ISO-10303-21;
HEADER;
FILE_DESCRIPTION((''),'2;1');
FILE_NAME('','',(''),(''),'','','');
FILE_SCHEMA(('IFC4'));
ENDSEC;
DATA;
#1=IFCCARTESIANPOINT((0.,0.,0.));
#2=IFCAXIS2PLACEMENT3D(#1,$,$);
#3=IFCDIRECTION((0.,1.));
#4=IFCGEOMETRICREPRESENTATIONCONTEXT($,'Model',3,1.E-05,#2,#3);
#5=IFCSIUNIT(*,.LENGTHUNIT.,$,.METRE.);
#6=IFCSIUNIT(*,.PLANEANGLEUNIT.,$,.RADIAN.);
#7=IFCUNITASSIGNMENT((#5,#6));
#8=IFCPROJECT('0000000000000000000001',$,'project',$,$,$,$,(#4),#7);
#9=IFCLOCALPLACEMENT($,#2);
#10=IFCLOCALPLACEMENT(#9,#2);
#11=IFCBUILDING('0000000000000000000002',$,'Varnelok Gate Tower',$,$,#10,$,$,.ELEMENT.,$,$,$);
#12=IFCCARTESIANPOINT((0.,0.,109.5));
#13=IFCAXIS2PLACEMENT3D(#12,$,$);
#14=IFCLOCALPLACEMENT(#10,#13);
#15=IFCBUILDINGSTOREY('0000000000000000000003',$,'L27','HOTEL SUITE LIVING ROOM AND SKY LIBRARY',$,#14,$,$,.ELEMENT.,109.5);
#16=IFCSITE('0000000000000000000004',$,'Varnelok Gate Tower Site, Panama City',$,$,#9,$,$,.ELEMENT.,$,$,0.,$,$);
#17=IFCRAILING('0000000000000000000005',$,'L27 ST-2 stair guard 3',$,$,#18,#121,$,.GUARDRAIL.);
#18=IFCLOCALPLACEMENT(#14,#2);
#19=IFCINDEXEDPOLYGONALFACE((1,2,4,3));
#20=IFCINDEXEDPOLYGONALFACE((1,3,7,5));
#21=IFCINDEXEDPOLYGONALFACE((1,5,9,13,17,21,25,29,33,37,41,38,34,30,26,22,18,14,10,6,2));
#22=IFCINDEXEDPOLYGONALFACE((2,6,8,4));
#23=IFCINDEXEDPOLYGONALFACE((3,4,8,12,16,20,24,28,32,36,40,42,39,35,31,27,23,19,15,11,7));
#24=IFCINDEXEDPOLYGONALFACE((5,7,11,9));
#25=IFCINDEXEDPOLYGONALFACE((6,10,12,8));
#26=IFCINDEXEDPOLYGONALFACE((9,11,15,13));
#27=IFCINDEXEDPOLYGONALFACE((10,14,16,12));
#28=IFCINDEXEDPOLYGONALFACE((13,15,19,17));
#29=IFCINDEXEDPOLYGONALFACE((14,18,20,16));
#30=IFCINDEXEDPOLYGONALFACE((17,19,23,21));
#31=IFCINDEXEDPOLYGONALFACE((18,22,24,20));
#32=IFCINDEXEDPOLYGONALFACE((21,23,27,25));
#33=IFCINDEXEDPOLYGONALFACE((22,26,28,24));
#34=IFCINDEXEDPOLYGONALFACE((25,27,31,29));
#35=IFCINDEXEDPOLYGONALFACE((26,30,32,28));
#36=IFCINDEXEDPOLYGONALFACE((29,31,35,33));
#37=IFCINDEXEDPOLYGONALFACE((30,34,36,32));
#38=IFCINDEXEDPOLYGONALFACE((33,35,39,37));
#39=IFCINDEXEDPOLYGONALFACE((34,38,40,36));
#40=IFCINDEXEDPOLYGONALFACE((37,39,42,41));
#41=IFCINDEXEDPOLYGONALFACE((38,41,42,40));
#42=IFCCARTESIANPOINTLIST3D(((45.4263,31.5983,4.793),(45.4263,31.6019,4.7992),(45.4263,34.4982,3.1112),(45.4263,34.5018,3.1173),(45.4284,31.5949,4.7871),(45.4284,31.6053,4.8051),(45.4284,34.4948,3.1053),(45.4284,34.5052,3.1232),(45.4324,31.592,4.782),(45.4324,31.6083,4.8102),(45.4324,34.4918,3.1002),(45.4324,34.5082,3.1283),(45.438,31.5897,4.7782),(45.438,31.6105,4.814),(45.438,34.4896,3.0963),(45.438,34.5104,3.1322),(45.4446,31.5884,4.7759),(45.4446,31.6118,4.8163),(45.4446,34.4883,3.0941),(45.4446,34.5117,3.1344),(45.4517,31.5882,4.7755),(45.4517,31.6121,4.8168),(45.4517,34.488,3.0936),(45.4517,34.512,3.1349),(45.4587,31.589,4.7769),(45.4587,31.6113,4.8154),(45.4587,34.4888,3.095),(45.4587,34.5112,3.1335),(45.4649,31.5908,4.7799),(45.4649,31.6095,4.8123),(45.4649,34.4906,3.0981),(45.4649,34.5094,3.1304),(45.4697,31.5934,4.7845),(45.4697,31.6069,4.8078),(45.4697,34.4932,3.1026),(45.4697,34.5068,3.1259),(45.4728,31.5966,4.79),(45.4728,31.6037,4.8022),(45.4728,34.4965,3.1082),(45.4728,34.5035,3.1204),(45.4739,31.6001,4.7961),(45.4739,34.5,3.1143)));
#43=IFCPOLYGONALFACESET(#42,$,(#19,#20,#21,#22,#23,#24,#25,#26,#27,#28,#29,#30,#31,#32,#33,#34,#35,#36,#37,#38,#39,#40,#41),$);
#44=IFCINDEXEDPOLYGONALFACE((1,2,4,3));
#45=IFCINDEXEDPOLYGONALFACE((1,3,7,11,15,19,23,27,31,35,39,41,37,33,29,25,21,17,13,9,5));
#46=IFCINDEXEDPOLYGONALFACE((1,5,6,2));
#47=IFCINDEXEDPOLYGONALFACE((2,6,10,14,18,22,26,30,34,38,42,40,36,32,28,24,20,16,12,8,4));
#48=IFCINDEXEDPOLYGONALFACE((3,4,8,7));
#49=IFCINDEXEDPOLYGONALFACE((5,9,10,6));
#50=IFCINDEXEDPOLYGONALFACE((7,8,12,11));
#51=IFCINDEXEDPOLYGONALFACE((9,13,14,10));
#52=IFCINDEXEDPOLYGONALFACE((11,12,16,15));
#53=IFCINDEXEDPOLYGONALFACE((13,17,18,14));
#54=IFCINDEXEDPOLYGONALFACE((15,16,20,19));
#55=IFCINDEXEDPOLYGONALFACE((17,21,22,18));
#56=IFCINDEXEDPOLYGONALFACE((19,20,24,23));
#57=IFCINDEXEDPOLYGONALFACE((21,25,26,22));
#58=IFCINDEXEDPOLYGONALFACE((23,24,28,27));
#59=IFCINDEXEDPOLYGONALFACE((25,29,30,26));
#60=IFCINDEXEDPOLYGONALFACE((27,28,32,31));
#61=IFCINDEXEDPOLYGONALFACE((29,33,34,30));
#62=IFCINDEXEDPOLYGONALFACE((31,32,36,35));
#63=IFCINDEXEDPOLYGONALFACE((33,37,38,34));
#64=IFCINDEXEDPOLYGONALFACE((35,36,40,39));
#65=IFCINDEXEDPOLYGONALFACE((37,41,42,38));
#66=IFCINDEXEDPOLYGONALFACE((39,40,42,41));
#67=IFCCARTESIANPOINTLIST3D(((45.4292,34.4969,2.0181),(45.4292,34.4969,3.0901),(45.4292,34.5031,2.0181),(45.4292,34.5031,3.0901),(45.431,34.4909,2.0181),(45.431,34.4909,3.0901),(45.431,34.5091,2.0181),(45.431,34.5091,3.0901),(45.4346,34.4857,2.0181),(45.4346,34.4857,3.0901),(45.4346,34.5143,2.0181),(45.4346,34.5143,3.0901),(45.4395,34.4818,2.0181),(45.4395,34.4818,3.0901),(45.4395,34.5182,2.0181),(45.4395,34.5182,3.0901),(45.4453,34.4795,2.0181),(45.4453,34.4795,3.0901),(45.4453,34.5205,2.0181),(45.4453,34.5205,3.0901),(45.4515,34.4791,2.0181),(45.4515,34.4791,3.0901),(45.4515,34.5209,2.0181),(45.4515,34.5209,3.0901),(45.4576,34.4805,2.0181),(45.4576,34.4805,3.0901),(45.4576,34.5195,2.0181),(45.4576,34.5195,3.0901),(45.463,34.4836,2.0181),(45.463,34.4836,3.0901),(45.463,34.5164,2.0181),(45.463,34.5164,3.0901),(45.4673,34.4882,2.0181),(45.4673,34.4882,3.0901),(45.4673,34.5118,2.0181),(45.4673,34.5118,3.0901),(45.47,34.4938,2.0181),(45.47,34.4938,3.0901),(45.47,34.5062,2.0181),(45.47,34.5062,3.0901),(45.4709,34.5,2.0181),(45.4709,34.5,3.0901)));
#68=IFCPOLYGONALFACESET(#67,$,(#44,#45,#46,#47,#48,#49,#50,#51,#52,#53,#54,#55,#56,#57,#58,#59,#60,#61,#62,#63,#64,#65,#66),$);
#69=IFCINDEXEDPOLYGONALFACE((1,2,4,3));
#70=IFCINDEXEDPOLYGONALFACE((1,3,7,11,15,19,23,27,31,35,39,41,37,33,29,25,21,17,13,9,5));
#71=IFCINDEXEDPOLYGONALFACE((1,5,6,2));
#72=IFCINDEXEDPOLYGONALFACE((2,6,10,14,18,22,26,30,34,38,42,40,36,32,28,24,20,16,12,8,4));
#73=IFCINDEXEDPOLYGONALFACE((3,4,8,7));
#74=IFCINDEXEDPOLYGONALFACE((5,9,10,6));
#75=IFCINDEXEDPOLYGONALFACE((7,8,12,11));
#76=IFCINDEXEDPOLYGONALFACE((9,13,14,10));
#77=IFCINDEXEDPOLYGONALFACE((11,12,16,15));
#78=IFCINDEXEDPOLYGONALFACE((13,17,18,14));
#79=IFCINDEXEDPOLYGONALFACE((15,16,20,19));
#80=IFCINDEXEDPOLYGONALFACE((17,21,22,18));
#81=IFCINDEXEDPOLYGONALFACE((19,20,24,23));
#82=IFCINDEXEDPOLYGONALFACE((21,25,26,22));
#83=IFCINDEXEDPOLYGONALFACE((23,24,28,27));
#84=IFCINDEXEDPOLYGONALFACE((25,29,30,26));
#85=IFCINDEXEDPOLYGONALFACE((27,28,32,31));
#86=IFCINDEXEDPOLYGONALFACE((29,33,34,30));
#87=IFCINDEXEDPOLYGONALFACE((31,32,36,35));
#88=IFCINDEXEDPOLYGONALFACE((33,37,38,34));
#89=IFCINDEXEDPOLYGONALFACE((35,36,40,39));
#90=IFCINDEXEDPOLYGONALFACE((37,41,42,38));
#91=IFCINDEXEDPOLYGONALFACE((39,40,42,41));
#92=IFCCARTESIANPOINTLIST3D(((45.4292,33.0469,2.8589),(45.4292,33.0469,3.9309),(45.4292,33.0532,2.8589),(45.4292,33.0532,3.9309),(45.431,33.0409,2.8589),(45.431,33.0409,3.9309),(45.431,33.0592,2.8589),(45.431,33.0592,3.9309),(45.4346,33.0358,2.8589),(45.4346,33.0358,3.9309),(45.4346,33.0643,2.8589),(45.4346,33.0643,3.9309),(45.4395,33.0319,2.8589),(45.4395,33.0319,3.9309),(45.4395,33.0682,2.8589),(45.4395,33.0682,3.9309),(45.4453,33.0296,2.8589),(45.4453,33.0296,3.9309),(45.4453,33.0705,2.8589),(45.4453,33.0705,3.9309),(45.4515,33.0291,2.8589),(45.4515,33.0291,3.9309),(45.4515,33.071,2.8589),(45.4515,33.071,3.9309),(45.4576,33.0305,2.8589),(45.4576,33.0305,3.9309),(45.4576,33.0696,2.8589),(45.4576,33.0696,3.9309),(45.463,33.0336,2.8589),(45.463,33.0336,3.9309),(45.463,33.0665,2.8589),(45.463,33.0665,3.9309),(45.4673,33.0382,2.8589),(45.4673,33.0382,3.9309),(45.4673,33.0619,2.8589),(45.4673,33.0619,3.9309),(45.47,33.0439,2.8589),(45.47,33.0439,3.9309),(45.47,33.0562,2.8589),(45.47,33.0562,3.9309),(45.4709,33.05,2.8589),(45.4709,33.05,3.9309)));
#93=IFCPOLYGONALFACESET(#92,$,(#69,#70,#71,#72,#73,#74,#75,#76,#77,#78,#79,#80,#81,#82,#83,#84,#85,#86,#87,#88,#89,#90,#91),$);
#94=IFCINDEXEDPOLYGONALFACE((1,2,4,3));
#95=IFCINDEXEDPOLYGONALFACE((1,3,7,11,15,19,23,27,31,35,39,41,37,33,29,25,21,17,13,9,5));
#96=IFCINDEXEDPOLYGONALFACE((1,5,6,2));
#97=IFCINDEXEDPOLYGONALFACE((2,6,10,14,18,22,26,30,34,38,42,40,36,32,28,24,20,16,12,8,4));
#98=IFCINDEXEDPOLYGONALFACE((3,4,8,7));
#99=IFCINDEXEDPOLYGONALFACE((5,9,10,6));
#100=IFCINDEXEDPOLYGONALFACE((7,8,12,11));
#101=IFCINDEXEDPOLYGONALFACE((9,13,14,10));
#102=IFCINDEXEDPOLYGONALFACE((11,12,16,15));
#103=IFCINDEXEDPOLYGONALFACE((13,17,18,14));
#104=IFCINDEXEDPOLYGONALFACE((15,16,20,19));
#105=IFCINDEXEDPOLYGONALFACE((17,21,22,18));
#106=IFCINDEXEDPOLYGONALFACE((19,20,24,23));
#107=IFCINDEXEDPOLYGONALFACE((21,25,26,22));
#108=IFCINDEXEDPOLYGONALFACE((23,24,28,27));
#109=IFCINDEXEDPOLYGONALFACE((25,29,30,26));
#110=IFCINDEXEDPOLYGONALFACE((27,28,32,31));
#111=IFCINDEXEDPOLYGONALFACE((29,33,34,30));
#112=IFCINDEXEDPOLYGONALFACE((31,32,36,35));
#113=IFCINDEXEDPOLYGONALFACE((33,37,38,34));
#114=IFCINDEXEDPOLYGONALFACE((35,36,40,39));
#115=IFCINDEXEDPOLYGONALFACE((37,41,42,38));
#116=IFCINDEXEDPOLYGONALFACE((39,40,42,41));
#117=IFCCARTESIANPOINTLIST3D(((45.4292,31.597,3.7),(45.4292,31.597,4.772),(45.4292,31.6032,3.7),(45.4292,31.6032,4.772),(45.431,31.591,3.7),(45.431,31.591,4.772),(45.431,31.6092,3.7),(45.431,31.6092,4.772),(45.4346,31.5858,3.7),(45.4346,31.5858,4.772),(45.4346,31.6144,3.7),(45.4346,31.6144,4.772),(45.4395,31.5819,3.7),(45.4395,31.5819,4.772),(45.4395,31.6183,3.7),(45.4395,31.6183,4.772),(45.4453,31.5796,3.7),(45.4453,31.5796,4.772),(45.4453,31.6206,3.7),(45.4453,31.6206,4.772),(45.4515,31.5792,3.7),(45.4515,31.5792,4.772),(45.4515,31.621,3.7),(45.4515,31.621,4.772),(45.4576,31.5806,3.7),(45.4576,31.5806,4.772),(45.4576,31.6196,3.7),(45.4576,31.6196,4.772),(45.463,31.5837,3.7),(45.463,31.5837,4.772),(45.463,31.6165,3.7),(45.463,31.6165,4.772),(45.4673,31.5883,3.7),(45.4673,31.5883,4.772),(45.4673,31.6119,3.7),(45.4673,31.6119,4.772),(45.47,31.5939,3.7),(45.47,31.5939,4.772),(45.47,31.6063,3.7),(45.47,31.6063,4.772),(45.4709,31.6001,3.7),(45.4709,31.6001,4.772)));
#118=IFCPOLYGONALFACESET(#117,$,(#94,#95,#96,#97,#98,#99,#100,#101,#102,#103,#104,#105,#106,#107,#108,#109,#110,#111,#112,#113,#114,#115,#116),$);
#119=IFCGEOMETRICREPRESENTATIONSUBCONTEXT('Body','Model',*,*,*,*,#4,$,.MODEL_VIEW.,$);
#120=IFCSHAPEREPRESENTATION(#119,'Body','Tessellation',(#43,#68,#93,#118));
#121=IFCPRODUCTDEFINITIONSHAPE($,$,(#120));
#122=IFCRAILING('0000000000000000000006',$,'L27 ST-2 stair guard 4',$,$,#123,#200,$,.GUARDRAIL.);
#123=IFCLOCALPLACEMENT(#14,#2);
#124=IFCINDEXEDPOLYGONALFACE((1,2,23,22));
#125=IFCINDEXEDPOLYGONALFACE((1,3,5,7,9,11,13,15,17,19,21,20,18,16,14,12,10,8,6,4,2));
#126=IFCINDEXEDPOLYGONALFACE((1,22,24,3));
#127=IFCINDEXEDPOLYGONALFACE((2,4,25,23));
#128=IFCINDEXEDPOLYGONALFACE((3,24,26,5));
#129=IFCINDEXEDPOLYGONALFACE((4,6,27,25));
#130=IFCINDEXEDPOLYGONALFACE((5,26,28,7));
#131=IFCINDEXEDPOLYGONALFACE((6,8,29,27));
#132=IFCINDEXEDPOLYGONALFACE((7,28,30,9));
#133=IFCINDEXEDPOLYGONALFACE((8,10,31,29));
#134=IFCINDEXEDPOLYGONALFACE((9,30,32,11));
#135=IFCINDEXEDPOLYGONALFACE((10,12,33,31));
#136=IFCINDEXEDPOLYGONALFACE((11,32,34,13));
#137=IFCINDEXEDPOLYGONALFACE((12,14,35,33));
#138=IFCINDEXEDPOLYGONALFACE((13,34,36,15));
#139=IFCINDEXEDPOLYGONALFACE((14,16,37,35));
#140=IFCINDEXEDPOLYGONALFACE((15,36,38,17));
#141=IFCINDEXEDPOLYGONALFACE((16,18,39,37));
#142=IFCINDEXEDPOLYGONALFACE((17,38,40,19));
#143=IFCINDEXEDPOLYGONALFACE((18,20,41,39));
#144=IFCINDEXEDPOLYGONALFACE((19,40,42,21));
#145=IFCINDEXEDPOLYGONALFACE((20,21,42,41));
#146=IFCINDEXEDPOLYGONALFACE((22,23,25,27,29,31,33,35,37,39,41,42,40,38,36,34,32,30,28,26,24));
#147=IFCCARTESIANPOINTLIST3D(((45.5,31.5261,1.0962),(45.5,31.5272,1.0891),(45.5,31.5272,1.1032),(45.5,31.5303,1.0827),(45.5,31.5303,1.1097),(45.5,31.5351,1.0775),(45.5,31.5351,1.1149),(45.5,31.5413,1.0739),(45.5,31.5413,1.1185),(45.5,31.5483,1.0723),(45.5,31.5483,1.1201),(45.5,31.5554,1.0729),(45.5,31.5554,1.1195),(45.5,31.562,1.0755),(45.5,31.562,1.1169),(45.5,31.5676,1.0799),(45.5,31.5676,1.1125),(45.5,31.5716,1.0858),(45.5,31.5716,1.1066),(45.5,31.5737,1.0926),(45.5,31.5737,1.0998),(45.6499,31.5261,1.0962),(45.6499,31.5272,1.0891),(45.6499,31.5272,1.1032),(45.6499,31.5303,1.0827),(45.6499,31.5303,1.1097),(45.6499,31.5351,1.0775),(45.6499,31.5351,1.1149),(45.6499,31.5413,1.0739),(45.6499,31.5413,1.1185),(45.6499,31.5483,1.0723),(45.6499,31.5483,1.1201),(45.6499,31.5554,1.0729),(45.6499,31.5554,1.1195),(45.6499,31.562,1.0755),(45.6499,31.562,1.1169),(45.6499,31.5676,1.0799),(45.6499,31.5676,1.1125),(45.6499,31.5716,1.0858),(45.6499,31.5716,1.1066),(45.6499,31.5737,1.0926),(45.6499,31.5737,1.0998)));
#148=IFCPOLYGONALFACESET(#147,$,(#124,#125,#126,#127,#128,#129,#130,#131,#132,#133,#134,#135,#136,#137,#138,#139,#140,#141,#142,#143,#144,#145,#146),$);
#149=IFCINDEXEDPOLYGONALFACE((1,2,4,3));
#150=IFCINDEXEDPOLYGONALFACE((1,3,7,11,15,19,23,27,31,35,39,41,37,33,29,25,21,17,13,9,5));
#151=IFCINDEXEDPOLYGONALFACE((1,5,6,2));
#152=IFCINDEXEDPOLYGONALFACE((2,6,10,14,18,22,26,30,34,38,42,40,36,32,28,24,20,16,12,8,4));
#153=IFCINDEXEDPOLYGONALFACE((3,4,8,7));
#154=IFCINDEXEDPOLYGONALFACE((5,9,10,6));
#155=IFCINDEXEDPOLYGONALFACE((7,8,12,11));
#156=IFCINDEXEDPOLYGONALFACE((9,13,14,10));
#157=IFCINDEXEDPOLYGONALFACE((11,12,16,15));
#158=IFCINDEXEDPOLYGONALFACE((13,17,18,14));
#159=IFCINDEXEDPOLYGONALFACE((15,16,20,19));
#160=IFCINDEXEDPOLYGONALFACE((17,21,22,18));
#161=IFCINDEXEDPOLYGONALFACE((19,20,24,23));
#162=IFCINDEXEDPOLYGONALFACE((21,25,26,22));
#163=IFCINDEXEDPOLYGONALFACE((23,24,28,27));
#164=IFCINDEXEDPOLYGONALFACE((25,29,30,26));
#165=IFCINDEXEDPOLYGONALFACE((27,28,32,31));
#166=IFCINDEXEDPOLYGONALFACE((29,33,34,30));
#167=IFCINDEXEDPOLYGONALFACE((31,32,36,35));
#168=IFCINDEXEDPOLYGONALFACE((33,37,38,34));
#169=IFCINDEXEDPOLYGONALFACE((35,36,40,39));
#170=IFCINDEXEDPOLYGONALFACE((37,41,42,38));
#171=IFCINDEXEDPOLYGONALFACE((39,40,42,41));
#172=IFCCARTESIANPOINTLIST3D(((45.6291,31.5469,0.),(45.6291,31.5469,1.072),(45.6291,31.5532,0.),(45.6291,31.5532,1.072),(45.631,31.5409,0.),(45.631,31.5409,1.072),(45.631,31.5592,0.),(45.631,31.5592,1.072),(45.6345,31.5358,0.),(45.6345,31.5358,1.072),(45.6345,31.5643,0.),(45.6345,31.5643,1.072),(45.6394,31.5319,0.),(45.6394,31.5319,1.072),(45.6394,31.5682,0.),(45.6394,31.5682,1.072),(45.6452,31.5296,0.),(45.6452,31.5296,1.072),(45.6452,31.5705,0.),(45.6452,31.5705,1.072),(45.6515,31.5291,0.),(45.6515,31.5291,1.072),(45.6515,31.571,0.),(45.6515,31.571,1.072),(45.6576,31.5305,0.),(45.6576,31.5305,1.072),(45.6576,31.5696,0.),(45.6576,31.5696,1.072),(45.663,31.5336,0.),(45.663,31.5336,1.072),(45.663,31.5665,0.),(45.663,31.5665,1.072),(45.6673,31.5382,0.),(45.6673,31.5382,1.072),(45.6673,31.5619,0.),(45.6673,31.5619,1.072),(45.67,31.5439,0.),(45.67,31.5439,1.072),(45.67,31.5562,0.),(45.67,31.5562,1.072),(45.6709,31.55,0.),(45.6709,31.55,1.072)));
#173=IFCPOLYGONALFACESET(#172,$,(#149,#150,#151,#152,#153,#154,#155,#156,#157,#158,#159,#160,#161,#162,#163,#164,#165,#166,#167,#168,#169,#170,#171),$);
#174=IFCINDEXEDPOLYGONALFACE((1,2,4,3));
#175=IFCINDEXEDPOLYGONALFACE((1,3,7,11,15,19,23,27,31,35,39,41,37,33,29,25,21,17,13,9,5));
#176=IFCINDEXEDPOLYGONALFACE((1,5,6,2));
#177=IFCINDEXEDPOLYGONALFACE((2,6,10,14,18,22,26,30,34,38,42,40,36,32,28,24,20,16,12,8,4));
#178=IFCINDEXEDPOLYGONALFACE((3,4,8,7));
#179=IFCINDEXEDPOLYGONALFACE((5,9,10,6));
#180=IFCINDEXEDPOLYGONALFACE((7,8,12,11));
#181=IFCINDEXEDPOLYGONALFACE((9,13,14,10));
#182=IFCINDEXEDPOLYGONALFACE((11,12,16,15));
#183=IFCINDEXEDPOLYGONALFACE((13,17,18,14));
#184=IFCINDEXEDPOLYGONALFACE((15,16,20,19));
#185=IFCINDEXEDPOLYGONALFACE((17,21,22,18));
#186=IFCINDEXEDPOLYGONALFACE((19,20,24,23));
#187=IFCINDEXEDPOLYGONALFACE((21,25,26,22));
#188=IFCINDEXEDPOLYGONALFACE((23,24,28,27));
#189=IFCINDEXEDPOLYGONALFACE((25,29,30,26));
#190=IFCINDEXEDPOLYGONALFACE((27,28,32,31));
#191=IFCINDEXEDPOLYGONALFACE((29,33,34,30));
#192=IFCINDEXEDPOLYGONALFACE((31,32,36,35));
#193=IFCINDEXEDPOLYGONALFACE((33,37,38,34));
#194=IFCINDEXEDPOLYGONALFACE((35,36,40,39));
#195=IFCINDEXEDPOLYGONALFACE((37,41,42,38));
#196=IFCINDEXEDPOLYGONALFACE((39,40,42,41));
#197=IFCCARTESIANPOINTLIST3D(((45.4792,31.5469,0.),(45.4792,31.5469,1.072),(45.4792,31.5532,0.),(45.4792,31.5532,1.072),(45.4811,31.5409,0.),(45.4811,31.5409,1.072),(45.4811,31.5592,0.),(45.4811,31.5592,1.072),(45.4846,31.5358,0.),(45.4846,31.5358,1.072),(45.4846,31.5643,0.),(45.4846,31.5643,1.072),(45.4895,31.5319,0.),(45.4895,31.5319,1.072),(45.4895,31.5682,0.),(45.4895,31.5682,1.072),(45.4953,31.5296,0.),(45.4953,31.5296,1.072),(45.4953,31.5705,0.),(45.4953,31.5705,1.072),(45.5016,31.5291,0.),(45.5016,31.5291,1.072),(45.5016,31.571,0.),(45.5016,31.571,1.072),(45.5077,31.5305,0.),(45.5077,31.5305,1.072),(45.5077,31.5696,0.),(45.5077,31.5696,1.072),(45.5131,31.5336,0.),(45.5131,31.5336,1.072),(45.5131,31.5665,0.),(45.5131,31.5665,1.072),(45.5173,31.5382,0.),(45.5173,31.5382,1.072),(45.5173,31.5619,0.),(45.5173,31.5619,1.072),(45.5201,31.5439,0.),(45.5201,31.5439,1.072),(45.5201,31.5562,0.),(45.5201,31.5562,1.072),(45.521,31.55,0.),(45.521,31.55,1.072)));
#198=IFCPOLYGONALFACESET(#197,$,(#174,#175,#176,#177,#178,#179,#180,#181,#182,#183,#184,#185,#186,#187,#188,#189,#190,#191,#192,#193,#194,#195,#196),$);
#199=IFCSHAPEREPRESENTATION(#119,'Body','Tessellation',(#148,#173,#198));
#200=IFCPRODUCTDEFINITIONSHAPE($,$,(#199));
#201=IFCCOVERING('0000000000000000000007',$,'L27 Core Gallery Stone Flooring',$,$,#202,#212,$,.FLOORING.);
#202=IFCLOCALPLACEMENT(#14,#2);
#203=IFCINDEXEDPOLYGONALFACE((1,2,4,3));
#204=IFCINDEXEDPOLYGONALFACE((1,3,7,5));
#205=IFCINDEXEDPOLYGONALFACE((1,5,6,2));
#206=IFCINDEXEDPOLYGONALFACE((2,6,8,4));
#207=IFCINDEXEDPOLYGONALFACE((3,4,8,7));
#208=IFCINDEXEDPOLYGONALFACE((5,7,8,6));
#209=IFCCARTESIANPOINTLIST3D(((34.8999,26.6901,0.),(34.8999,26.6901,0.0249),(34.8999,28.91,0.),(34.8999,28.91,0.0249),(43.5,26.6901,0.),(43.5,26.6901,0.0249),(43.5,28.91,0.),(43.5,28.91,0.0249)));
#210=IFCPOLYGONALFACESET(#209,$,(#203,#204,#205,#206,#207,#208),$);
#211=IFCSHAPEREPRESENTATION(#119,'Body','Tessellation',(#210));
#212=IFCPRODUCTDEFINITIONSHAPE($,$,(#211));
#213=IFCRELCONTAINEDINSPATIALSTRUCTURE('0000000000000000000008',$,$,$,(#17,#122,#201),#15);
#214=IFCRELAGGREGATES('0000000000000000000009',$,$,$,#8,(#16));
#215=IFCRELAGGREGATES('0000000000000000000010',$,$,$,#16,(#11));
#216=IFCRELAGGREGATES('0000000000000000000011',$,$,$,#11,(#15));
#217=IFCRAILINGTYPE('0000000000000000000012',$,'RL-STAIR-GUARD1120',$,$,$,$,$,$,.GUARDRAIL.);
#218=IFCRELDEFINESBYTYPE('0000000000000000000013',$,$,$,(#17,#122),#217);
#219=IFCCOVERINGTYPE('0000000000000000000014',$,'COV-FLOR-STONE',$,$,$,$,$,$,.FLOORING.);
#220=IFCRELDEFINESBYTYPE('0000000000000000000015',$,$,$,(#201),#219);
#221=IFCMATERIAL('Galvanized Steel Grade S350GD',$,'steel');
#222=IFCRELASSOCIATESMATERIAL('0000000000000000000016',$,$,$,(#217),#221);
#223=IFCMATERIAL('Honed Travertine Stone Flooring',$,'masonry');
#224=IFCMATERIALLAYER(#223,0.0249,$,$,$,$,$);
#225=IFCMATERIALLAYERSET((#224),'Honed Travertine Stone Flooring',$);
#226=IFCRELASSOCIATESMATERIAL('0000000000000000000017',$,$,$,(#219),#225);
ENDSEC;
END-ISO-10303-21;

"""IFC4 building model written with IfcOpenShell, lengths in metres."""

from ifc_helpers import new_model, si_unit, direction, frame, origin, origin_2d, place, context, subcontext, project, spatial, rectangle, circle, extrude, source, transform, mapped, material, layer, layer_set, type_object, element, save


model = new_model("IFC4")

# Units and contexts
model_context = context("Model", 3, precision=1e-05, world=origin(), true_north=direction((0.0, 1.0)))
body_context = subcontext(model_context, "Body", "Model", "MODEL_VIEW")
ifc_project = project(units=[si_unit("LENGTHUNIT", "METRE"), si_unit("PLANEANGLEUNIT", "RADIAN")], contexts=[model_context])

# Site, building, storey
site_placement = place(None, origin())
site = spatial("IfcSite", under=ifc_project, at=site_placement, Name="Varnelok Gate Tower Site, Panama City", CompositionType="ELEMENT", RefElevation=0.0)
building_placement = place(site_placement, origin())
building = spatial("IfcBuilding", under=site, at=building_placement, Name="Varnelok Gate Tower", CompositionType="ELEMENT")
storey_placement = place(building_placement, frame((0.0, 0.0, 109.5)))
storey = spatial("IfcBuildingStorey", under=building, at=storey_placement, Name="L27", Description="HOTEL SUITE LIVING ROOM AND SKY LIBRARY", CompositionType="ELEMENT", Elevation=109.5)

# Shared definitions
ifc_material_1 = material(Name="Galvanized Steel Grade S350GD", Category="steel")

# Railings
railing_type_1 = type_object("IfcRailingType", Name="RL-STAIR-GUARD1120", PredefinedType="GUARDRAIL", material=ifc_material_1)
railing_1_placement = place(storey_placement, frame((45.45, 34.5, 2.0181)))
element("IfcRailing", 1, at=railing_1_placement, inside=storey, type_object=railing_type_1, Name="L27 ST-2 stair guard 3", PredefinedType="GUARDRAIL", context=body_context, shape_type="SweptSolid", body=[
    extrude(circle(Radius=0.0239, at=origin_2d()), frame((0.0, 0.0, 1.0962), z_axis=(0.0, -0.865039, 0.501705), x_axis=(1.0, 0.0, 0.0)), (0.0, 0.0, 1.0), 3.3523),
    extrude(circle(Radius=0.021, at=origin_2d()), origin(), (0.0, 0.0, 1.0), 1.072),
    extrude(circle(Radius=0.021, at=origin_2d()), frame((0.0, -1.45, 0.8408)), (0.0, 0.0, 1.0), 1.072),
    extrude(circle(Radius=0.021, at=origin_2d()), frame((0.0, -2.8999, 1.6819)), (0.0, 0.0, 1.0), 1.072),
])
railing_2_placement = place(storey_placement, frame((45.6499, 31.55, 0.0)))
element("IfcRailing", 2, at=railing_2_placement, inside=storey, type_object=railing_type_1, Name="L27 ST-2 stair guard 4", PredefinedType="GUARDRAIL", context=body_context, shape_type="SweptSolid", body=[
    extrude(circle(Radius=0.0239, at=origin_2d()), frame((0.0, 0.0, 1.0962), z_axis=(-1.0, 0.0, 0.0), x_axis=(0.0, -1.0, 0.0)), (0.0, 0.0, 1.0), 0.1499),
    extrude(circle(Radius=0.021, at=origin_2d()), origin(), (0.0, 0.0, 1.0), 1.072),
    extrude(circle(Radius=0.021, at=origin_2d()), frame((-0.1499, 0.0, 0.0)), (0.0, 0.0, 1.0), 1.072),
])

# Covering
ifc_material_2 = material(Name="Honed Travertine Stone Flooring", Category="masonry")
ifc_layer_1 = layer(ifc_material_2, 0.0249)
ifc_layer_set_1 = layer_set([ifc_layer_1], Name="Honed Travertine Stone Flooring")
covering_type_1 = type_object("IfcCoveringType", Name="COV-FLOR-STONE", PredefinedType="FLOORING", material=ifc_layer_set_1)
shared_shape_1 = source(origin(), body_context, "Body", "SweptSolid", [
    extrude(rectangle(XDim=8.6001, YDim=2.22, at=origin_2d()), origin(), (0.0, 0.0, 1.0), 0.0249),
])
covering_1_placement = place(storey_placement, frame((39.2, 27.8, 0.0), z_axis=(0.0, 0.0, 1.0), x_axis=(1.0, 0.0, 0.0)))
element("IfcCovering", 3, at=covering_1_placement, inside=storey, type_object=covering_type_1, Name="L27 Core Gallery Stone Flooring", PredefinedType="FLOORING", context=body_context, shape_type="MappedRepresentation", body=[
    mapped(shared_shape_1, transform((0.0, 0.0, 0.0), scale=1.0)),
])

save(model, "model.ifc")
